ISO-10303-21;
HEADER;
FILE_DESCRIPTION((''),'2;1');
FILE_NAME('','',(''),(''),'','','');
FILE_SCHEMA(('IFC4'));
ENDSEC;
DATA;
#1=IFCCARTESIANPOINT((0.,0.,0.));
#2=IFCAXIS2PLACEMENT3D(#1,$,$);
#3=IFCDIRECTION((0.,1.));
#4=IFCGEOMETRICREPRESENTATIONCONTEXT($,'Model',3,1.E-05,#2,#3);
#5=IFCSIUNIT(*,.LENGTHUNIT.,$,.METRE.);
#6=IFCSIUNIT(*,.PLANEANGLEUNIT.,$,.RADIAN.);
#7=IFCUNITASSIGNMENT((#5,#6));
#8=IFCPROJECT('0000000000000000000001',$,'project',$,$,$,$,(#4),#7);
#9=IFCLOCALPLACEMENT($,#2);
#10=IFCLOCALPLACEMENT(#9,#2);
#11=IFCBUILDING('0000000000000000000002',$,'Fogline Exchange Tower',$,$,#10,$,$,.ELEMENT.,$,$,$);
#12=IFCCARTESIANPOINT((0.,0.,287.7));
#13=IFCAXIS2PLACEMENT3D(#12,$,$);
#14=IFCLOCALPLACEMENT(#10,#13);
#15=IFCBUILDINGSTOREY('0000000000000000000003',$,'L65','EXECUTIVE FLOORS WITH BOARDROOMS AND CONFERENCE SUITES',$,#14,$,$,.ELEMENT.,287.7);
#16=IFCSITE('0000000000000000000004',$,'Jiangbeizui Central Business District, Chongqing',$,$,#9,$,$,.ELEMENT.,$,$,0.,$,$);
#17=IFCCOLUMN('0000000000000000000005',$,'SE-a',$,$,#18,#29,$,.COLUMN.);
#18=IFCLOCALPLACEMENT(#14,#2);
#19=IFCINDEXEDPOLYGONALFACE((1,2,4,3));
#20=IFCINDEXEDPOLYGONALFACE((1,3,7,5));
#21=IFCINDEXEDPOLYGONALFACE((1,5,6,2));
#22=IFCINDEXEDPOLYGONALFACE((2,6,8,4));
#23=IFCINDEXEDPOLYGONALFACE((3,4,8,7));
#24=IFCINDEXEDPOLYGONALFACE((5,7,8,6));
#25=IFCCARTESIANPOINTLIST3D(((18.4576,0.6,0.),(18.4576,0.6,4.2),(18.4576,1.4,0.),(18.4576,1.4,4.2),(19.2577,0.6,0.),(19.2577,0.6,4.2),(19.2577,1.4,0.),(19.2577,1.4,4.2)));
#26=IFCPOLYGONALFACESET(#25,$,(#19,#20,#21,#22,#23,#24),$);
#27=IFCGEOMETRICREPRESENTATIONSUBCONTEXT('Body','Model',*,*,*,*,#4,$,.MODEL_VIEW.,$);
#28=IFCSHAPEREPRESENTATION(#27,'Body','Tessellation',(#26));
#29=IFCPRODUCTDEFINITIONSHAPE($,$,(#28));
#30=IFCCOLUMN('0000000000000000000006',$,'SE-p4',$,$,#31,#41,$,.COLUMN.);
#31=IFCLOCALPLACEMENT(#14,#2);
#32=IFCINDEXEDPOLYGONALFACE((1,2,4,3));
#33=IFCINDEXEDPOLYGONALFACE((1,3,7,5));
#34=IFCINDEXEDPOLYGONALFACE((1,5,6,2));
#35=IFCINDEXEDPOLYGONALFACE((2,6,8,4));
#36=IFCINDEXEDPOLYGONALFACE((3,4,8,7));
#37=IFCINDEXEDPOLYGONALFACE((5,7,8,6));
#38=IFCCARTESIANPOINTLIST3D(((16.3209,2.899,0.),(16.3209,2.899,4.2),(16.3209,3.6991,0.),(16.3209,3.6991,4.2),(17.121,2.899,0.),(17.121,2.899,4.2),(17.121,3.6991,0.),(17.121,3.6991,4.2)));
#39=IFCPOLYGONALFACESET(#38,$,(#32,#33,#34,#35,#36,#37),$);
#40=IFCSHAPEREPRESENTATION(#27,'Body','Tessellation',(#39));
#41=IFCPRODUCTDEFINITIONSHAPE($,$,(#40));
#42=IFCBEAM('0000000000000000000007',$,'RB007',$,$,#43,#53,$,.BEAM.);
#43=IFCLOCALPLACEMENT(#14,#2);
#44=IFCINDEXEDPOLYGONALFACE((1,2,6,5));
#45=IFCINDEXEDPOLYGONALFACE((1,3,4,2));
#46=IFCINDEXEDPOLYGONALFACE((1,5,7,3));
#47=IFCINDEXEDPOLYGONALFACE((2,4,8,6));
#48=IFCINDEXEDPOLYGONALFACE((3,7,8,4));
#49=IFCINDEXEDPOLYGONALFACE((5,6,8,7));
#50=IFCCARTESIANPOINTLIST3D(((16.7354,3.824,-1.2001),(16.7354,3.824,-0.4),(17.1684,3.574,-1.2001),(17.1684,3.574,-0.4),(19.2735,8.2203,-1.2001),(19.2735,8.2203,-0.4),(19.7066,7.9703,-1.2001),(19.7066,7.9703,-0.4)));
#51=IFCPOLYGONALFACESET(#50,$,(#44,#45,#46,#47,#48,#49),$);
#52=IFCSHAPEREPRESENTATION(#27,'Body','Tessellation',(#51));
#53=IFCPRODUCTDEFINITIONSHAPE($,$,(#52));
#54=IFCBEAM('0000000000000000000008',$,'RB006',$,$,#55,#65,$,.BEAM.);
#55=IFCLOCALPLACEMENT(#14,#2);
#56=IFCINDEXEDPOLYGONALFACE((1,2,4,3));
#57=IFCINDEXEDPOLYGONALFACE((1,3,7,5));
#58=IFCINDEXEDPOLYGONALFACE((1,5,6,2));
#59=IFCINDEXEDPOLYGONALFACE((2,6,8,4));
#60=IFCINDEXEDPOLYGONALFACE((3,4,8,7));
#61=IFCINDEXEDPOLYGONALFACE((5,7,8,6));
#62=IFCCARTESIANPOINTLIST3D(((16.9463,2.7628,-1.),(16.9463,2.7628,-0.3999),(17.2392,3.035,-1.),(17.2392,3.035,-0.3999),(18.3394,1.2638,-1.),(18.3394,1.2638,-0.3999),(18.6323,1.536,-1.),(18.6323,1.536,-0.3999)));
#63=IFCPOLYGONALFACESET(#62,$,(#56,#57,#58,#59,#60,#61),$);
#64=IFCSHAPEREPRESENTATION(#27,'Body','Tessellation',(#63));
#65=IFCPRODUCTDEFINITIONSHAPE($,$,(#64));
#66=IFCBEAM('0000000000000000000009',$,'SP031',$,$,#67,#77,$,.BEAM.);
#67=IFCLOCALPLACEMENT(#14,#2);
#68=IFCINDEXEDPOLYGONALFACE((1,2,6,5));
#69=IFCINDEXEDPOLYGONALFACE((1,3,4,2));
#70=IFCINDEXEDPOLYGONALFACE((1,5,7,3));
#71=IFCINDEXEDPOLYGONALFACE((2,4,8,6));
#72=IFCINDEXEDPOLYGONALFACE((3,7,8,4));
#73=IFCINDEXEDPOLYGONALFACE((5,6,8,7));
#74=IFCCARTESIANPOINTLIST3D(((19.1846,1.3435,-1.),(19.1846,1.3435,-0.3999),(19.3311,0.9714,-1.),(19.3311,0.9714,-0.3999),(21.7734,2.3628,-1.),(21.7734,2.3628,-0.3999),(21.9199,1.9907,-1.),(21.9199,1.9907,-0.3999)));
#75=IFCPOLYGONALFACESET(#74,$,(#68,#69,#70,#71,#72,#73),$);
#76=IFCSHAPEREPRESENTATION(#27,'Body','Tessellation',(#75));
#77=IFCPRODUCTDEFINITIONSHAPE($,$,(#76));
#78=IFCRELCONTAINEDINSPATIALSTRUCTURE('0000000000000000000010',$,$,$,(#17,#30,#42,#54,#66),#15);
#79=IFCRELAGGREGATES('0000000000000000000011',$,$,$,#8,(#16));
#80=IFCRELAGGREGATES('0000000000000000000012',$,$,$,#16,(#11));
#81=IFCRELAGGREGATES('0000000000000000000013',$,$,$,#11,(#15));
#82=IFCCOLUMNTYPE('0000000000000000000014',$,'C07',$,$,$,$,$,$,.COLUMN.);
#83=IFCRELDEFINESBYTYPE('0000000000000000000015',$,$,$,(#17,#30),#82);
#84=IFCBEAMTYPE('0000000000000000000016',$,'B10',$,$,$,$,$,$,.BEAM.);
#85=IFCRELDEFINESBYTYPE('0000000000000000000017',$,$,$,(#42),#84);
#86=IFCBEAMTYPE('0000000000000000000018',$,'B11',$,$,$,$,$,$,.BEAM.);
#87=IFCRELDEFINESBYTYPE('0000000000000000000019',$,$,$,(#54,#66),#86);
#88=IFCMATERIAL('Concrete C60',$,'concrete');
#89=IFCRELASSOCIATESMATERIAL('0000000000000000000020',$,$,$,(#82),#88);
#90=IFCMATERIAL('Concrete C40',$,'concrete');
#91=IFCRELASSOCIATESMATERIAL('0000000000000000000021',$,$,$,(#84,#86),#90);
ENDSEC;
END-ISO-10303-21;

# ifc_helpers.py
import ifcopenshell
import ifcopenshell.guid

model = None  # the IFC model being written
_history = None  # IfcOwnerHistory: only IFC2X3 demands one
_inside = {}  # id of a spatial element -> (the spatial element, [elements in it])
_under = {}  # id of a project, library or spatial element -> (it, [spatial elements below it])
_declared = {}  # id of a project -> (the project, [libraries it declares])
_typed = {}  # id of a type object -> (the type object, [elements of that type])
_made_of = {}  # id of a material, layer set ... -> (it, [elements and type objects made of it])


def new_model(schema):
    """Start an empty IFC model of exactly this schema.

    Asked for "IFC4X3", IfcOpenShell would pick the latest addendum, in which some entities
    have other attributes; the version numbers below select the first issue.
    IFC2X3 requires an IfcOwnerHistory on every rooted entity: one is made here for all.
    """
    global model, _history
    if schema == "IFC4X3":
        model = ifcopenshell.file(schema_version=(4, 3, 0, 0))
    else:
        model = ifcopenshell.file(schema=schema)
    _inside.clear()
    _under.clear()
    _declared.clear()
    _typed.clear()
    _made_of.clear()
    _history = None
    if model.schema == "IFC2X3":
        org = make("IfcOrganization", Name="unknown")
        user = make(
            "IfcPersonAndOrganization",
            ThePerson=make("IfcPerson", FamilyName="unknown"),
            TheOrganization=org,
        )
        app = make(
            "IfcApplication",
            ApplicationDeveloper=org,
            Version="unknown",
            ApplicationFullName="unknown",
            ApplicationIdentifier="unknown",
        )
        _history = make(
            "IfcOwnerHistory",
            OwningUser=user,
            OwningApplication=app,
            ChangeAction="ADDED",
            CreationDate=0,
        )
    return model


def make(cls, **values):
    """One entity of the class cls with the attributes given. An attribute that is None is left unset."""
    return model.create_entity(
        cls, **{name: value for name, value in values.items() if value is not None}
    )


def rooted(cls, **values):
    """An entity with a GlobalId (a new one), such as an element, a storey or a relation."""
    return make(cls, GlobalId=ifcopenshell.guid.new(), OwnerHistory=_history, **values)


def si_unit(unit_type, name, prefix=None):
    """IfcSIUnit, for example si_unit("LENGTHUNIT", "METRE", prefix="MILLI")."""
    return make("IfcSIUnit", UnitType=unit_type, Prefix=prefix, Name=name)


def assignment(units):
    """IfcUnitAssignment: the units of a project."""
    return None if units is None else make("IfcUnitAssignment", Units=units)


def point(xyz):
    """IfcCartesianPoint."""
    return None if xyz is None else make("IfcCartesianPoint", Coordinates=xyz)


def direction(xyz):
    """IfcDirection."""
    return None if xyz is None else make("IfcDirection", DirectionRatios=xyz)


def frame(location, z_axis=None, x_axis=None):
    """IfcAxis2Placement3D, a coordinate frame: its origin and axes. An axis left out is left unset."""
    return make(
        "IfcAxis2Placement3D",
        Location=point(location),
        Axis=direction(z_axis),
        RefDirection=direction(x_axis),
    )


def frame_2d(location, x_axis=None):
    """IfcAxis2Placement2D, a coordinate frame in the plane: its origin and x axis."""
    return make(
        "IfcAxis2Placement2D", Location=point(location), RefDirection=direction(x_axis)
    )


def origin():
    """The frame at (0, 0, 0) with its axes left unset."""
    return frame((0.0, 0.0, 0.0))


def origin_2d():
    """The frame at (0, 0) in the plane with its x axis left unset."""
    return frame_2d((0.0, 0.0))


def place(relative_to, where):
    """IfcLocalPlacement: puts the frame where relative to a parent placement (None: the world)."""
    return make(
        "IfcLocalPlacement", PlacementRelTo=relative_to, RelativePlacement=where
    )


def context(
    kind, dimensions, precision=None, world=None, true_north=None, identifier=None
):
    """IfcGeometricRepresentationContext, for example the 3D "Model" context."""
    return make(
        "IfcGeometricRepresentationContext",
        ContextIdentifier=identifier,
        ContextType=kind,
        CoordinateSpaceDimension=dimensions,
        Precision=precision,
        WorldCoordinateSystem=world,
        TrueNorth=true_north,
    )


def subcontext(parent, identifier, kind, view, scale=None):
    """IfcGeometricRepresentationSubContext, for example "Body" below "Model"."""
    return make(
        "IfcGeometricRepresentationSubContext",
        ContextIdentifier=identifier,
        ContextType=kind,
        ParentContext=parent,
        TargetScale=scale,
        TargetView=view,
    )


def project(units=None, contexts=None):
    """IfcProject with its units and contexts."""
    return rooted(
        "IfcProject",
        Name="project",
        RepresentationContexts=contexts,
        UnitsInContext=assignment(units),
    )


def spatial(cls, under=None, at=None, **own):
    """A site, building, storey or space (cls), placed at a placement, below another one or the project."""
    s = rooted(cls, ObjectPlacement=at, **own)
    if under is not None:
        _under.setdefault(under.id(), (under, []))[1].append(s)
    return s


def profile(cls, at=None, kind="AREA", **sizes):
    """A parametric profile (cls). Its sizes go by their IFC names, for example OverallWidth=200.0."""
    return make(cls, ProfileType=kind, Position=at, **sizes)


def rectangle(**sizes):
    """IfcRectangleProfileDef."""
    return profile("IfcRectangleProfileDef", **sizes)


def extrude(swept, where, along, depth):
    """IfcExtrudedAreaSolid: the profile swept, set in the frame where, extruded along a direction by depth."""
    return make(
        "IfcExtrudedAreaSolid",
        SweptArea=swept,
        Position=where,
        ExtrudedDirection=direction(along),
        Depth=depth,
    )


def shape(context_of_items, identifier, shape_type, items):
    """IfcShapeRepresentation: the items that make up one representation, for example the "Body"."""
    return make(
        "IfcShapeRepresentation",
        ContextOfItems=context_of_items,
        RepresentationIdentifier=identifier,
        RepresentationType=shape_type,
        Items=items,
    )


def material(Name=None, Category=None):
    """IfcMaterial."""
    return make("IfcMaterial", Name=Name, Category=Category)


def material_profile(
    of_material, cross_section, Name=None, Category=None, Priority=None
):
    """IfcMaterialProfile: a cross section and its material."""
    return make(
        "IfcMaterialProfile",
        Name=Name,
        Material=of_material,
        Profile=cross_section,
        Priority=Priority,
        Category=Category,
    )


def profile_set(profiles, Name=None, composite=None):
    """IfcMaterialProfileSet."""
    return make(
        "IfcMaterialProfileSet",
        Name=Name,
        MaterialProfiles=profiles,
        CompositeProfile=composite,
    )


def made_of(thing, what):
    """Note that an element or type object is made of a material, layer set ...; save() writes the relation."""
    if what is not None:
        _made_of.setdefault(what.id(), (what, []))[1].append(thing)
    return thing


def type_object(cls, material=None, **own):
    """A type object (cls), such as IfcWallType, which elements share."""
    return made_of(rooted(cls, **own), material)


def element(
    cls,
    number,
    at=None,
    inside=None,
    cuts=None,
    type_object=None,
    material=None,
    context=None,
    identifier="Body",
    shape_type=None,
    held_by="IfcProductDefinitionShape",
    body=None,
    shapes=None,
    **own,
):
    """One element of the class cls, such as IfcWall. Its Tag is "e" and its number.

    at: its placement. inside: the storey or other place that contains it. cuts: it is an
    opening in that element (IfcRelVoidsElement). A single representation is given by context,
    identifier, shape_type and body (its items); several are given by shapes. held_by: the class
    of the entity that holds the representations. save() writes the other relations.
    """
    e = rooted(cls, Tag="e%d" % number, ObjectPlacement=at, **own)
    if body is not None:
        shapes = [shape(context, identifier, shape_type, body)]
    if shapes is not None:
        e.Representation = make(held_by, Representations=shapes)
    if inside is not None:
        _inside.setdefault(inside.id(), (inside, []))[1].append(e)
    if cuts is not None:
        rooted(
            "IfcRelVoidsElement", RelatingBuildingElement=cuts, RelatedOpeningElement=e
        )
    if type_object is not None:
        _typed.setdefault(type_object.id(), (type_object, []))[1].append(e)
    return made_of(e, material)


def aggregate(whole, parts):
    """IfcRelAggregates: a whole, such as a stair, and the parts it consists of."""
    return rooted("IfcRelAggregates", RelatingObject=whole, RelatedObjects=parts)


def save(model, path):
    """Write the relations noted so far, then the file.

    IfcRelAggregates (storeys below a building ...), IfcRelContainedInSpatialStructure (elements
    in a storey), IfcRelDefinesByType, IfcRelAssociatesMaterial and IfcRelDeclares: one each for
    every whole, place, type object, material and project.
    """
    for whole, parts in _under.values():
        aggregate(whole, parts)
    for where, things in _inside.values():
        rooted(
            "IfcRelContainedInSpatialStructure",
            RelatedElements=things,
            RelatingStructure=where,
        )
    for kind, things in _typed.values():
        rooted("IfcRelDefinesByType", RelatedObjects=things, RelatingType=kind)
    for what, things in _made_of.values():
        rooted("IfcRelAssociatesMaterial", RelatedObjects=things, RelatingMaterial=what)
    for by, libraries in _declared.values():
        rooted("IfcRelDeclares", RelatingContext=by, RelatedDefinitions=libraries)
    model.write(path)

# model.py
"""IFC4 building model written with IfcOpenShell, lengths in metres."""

from ifc_helpers import new_model, si_unit, direction, frame, origin, origin_2d, place, context, subcontext, project, spatial, rectangle, extrude, material, material_profile, profile_set, type_object, element, save


model = new_model("IFC4")

# Units and contexts
model_context = context("Model", 3, precision=1e-05, world=origin(), true_north=direction((0.0, 1.0)))
body_context = subcontext(model_context, "Body", "Model", "MODEL_VIEW")
ifc_project = project(units=[si_unit("LENGTHUNIT", "METRE"), si_unit("PLANEANGLEUNIT", "RADIAN")], contexts=[model_context])

# Site, building, storey
site_placement = place(None, origin())
site = spatial("IfcSite", under=ifc_project, at=site_placement, Name="Jiangbeizui Central Business District, Chongqing", CompositionType="ELEMENT", RefElevation=0.0)
building_placement = place(site_placement, origin())
building = spatial("IfcBuilding", under=site, at=building_placement, Name="Fogline Exchange Tower", CompositionType="ELEMENT")
storey_placement = place(building_placement, frame((0.0, 0.0, 287.7)))
storey = spatial("IfcBuildingStorey", under=building, at=storey_placement, Name="L65", Description="EXECUTIVE FLOORS WITH BOARDROOMS AND CONFERENCE SUITES", CompositionType="ELEMENT", Elevation=287.7)

# Columns
ifc_material_1 = material(Name="Concrete C60", Category="concrete")
ifc_material_profile_1 = material_profile(ifc_material_1, rectangle(XDim=0.8, YDim=0.8, at=origin_2d()), Name="RC 800x800")
ifc_profile_set_1 = profile_set([ifc_material_profile_1], Name="Concrete C60")
column_type = type_object("IfcColumnType", Name="C07", PredefinedType="COLUMN", material=ifc_profile_set_1)
for number, where, z_axis, x_axis, name in (
    (1, (18.8577, 1.0, 0.0), (0.0, 0.0, 1.0), (1.0, 0.0, 0.0), "SE-a"),
    (2, (16.7209, 3.2991, 0.0), (0.0, 0.0, 1.0), (1.0, 0.0, 0.0), "SE-p4"),
):
    element("IfcColumn", number, at=place(storey_placement, frame(where, z_axis=z_axis, x_axis=x_axis)), inside=storey, type_object=column_type, Name=name, PredefinedType="COLUMN", context=body_context, shape_type="SweptSolid", body=[
        extrude(rectangle(XDim=0.8, YDim=0.8, at=origin_2d()), origin(), (0.0, 0.0, 1.0), 4.2),
    ])

# Beams
ifc_material_2 = material(Name="Concrete C40", Category="concrete")
ifc_material_profile_2 = material_profile(ifc_material_2, rectangle(XDim=0.5, YDim=0.8, at=origin_2d()), Name="RC 500x800")
ifc_profile_set_2 = profile_set([ifc_material_profile_2], Name="Concrete C40")
beam_type_1 = type_object("IfcBeamType", Name="B10", PredefinedType="BEAM", material=ifc_profile_set_2)
beam_1_placement = place(storey_placement, frame((16.9519, 3.699, -0.8), z_axis=(0.499988, 0.866033, 0.0), x_axis=(-0.866033, 0.499988, 0.0)))
element("IfcBeam", 3, at=beam_1_placement, inside=storey, type_object=beam_type_1, Name="RB007", PredefinedType="BEAM", context=body_context, shape_type="SweptSolid", body=[
    extrude(rectangle(XDim=0.5, YDim=0.8, at=origin_2d()), origin(), (0.0, 0.0, 1.0), 5.0764),
])
ifc_material_profile_3 = material_profile(ifc_material_2, rectangle(XDim=0.3999, YDim=0.6001, at=origin_2d()), Name="RC 400x600")
ifc_profile_set_3 = profile_set([ifc_material_profile_3], Name="Concrete C40")
beam_type_2 = type_object("IfcBeamType", Name="B11", PredefinedType="BEAM", material=ifc_profile_set_3)
beam_2_placement = place(storey_placement, frame((18.4858, 1.3999, -0.7), z_axis=(-0.680744, 0.732521, 0.0), x_axis=(-0.732521, -0.680744, 0.0)))
element("IfcBeam", 4, at=beam_2_placement, inside=storey, type_object=beam_type_2, Name="RB006", PredefinedType="BEAM", context=body_context, shape_type="SweptSolid", body=[
    extrude(rectangle(XDim=0.3999, YDim=0.6001, at=origin_2d()), origin(), (0.0, 0.0, 1.0), 2.0464),
])
beam_3_placement = place(storey_placement, frame((19.2578, 1.1575, -0.7), z_axis=(0.930478, 0.366347, 0.0), x_axis=(-0.366347, 0.930478, 0.0)))
element("IfcBeam", 5, at=beam_3_placement, inside=storey, type_object=beam_type_2, Name="SP031", PredefinedType="BEAM", context=body_context, shape_type="SweptSolid", body=[
    extrude(rectangle(XDim=0.3999, YDim=0.6001, at=origin_2d()), origin(), (0.0, 0.0, 1.0), 2.7822),
])

save(model, "model.ifc")
